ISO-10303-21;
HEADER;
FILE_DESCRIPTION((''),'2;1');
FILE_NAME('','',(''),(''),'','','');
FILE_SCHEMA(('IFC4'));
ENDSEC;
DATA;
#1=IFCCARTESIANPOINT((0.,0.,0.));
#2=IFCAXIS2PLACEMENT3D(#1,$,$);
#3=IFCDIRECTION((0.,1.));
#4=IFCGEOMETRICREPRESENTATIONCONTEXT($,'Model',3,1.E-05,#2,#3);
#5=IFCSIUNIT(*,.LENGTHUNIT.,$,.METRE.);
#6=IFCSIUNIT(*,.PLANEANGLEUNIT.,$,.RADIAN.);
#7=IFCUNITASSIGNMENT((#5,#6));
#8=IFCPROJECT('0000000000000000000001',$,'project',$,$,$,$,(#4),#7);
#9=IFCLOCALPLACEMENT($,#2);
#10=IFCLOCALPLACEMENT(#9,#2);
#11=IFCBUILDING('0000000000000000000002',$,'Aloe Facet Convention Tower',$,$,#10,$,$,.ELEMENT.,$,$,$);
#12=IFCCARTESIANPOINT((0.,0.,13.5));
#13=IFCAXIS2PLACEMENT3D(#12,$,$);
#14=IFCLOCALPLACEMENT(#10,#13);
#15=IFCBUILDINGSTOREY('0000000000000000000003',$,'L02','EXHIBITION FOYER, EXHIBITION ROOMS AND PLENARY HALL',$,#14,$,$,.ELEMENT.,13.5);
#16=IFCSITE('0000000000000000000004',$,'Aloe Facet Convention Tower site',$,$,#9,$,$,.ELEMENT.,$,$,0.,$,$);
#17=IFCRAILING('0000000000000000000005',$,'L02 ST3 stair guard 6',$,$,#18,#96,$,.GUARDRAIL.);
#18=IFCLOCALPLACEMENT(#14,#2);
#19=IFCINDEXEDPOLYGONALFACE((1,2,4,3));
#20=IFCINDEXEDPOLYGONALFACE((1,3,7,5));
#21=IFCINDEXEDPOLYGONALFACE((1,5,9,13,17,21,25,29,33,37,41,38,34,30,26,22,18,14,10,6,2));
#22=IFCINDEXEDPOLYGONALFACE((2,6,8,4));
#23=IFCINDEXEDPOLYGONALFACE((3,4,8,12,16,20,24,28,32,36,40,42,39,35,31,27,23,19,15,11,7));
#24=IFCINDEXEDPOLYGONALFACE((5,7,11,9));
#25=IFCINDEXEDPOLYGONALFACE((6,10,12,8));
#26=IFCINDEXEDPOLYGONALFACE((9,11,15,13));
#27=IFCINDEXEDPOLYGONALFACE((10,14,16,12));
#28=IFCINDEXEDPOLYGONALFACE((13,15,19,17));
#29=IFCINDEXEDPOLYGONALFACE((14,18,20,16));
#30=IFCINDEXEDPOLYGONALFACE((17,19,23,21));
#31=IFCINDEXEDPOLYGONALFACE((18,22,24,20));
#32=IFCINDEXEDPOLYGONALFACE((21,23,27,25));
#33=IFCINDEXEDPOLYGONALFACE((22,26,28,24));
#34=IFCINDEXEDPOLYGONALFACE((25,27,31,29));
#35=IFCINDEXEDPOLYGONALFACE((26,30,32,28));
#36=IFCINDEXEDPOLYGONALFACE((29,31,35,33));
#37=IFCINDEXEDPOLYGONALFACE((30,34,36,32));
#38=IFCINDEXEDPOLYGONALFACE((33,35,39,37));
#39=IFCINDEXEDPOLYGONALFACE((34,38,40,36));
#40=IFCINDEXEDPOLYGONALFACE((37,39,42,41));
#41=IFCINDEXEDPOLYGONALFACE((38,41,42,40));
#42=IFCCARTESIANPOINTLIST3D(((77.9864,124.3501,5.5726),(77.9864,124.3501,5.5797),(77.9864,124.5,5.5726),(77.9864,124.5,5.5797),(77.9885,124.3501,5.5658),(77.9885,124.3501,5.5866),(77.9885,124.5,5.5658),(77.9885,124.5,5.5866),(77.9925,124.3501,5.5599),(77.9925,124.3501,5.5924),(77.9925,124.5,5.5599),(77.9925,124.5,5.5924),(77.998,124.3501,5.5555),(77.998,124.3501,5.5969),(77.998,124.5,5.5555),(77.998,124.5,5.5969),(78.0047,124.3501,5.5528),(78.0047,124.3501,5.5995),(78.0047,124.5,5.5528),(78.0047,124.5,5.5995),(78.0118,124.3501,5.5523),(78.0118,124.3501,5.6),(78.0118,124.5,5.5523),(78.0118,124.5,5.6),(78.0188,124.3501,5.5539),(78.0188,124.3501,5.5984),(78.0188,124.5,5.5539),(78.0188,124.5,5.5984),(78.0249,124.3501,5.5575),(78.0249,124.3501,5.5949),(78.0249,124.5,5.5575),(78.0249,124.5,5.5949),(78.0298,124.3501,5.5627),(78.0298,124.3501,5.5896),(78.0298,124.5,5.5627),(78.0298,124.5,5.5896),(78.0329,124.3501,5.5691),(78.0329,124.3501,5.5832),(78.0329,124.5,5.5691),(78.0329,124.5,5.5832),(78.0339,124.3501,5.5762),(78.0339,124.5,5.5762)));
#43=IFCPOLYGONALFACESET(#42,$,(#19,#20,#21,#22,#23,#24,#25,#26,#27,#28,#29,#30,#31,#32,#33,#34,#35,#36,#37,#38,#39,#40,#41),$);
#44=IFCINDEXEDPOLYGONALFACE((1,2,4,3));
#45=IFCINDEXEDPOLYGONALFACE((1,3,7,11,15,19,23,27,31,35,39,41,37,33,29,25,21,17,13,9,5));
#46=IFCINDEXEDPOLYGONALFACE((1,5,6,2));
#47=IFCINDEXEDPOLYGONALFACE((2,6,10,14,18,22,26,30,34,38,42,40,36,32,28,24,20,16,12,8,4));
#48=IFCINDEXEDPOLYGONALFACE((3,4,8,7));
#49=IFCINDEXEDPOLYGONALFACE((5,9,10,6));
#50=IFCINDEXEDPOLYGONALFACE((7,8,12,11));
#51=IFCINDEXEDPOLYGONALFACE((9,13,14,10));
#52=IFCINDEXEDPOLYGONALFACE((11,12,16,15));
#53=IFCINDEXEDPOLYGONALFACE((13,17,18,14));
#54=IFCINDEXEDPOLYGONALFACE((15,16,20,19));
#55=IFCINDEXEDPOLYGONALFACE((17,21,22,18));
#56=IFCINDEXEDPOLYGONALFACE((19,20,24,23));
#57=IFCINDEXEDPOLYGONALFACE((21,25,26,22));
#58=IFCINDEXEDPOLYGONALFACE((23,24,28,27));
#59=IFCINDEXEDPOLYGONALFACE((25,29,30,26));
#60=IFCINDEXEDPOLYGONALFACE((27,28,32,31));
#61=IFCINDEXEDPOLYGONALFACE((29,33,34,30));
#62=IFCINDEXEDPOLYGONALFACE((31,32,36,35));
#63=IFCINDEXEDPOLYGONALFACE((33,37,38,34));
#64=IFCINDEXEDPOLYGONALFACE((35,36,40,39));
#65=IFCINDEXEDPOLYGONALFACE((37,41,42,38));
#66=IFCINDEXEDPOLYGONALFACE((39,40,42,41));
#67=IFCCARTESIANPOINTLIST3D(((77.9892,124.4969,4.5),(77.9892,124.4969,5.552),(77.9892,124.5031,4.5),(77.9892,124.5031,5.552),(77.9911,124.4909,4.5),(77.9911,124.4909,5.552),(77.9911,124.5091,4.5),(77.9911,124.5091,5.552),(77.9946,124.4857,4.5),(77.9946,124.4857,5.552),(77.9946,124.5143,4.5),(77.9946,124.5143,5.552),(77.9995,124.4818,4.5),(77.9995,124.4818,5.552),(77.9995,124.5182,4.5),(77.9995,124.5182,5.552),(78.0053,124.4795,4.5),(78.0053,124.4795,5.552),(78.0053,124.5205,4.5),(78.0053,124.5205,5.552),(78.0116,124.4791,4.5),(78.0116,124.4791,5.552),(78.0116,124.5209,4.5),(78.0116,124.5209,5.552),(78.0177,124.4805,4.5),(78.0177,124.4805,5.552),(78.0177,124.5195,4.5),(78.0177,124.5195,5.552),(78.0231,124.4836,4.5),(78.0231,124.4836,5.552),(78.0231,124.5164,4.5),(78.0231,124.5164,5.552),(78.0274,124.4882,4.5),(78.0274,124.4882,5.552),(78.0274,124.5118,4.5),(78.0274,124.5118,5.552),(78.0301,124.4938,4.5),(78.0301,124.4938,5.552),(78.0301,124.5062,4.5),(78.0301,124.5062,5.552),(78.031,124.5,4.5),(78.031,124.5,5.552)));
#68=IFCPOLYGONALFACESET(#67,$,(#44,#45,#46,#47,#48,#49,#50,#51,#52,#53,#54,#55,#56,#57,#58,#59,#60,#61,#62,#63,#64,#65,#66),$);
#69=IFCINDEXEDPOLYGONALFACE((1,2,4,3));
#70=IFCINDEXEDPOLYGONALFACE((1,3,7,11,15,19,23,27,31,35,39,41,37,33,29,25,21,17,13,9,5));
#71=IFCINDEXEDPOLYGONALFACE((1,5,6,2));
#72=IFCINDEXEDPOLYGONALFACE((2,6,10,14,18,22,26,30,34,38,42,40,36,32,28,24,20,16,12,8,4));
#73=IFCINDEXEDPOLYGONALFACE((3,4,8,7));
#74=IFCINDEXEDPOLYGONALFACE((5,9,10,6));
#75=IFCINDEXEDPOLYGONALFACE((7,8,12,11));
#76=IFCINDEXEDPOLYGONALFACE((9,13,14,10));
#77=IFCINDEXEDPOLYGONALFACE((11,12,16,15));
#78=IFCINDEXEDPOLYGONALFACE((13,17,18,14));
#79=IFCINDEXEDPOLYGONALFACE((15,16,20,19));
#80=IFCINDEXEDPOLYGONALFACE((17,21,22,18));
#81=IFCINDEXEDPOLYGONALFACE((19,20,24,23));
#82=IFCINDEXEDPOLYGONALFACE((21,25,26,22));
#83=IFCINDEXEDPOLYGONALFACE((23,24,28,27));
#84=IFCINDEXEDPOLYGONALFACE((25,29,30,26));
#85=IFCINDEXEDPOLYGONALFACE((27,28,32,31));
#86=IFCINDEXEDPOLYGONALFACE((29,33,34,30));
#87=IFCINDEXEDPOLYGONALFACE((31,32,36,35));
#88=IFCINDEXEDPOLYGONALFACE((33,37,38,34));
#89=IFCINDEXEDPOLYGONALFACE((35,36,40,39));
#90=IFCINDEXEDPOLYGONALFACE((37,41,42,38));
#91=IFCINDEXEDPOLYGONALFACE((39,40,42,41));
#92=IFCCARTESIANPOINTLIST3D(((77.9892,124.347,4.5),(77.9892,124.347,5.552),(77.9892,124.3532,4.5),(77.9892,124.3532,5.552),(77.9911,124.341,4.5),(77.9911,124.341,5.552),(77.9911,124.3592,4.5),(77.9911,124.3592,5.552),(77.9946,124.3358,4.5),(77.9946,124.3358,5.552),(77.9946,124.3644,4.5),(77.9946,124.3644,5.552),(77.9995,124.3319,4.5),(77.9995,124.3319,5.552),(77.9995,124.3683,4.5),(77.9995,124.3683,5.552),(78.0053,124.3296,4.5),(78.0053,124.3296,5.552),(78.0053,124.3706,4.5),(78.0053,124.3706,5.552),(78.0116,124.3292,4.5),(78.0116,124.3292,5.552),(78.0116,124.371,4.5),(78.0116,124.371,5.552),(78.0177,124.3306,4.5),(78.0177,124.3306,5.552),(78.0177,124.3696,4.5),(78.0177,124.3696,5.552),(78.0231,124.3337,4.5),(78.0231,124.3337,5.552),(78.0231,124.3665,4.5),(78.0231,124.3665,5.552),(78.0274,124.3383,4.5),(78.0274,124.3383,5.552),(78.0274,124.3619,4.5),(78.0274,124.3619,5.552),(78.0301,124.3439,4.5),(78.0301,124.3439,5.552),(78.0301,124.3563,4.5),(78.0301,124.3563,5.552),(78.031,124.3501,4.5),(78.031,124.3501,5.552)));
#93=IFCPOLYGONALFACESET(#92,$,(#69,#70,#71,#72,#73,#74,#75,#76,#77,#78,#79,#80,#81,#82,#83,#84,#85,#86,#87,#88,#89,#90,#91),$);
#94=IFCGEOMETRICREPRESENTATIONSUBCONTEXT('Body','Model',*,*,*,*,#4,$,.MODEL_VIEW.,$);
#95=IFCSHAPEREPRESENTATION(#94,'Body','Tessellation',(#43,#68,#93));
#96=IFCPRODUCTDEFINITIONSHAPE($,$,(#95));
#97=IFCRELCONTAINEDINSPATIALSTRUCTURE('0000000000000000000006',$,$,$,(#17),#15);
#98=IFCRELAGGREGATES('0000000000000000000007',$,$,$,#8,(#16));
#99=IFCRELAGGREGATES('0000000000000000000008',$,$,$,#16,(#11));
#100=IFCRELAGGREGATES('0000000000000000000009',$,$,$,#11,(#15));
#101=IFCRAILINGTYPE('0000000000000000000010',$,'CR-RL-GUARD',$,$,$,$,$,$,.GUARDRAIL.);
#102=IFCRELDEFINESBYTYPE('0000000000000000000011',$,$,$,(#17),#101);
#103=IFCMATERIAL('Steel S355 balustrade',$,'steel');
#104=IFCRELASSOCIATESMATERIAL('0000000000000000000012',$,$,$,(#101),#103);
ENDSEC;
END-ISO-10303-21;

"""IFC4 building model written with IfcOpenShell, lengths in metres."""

from ifc_helpers import new_model, si_unit, direction, frame, origin, origin_2d, place, context, subcontext, project, spatial, circle, extrude, material, type_object, element, save


model = new_model("IFC4")

# Units and contexts
model_context = context("Model", 3, precision=1e-05, world=origin(), true_north=direction((0.0, 1.0)))
body_context = subcontext(model_context, "Body", "Model", "MODEL_VIEW")
ifc_project = project(units=[si_unit("LENGTHUNIT", "METRE"), si_unit("PLANEANGLEUNIT", "RADIAN")], contexts=[model_context])

# Site, building, storey
site_placement = place(None, origin())
site = spatial("IfcSite", under=ifc_project, at=site_placement, Name="Aloe Facet Convention Tower site", CompositionType="ELEMENT", RefElevation=0.0)
building_placement = place(site_placement, origin())
building = spatial("IfcBuilding", under=site, at=building_placement, Name="Aloe Facet Convention Tower", CompositionType="ELEMENT")
storey_placement = place(building_placement, frame((0.0, 0.0, 13.5)))
storey = spatial("IfcBuildingStorey", under=building, at=storey_placement, Name="L02", Description="EXHIBITION FOYER, EXHIBITION ROOMS AND PLENARY HALL", CompositionType="ELEMENT", Elevation=13.5)

# Railing
ifc_material_1 = material(Name="Steel S355 balustrade", Category="steel")
railing_type_1 = type_object("IfcRailingType", Name="CR-RL-GUARD", PredefinedType="GUARDRAIL", material=ifc_material_1)
railing_1_placement = place(storey_placement, frame((78.01, 124.5, 4.5)))
element("IfcRailing", 1, at=railing_1_placement, inside=storey, type_object=railing_type_1, Name="L02 ST3 stair guard 6", PredefinedType="GUARDRAIL", context=body_context, shape_type="SweptSolid", body=[
    extrude(circle(Radius=0.0239, at=origin_2d()), frame((0.0, 0.0, 1.0762), z_axis=(0.0, -1.0, 0.0), x_axis=(1.0, 0.0, 0.0)), (0.0, 0.0, 1.0), 0.1499),
    extrude(circle(Radius=0.021, at=origin_2d()), origin(), (0.0, 0.0, 1.0), 1.052),
    extrude(circle(Radius=0.021, at=origin_2d()), frame((0.0, -0.1499, 0.0)), (0.0, 0.0, 1.0), 1.052),
])

save(model, "model.ifc")
